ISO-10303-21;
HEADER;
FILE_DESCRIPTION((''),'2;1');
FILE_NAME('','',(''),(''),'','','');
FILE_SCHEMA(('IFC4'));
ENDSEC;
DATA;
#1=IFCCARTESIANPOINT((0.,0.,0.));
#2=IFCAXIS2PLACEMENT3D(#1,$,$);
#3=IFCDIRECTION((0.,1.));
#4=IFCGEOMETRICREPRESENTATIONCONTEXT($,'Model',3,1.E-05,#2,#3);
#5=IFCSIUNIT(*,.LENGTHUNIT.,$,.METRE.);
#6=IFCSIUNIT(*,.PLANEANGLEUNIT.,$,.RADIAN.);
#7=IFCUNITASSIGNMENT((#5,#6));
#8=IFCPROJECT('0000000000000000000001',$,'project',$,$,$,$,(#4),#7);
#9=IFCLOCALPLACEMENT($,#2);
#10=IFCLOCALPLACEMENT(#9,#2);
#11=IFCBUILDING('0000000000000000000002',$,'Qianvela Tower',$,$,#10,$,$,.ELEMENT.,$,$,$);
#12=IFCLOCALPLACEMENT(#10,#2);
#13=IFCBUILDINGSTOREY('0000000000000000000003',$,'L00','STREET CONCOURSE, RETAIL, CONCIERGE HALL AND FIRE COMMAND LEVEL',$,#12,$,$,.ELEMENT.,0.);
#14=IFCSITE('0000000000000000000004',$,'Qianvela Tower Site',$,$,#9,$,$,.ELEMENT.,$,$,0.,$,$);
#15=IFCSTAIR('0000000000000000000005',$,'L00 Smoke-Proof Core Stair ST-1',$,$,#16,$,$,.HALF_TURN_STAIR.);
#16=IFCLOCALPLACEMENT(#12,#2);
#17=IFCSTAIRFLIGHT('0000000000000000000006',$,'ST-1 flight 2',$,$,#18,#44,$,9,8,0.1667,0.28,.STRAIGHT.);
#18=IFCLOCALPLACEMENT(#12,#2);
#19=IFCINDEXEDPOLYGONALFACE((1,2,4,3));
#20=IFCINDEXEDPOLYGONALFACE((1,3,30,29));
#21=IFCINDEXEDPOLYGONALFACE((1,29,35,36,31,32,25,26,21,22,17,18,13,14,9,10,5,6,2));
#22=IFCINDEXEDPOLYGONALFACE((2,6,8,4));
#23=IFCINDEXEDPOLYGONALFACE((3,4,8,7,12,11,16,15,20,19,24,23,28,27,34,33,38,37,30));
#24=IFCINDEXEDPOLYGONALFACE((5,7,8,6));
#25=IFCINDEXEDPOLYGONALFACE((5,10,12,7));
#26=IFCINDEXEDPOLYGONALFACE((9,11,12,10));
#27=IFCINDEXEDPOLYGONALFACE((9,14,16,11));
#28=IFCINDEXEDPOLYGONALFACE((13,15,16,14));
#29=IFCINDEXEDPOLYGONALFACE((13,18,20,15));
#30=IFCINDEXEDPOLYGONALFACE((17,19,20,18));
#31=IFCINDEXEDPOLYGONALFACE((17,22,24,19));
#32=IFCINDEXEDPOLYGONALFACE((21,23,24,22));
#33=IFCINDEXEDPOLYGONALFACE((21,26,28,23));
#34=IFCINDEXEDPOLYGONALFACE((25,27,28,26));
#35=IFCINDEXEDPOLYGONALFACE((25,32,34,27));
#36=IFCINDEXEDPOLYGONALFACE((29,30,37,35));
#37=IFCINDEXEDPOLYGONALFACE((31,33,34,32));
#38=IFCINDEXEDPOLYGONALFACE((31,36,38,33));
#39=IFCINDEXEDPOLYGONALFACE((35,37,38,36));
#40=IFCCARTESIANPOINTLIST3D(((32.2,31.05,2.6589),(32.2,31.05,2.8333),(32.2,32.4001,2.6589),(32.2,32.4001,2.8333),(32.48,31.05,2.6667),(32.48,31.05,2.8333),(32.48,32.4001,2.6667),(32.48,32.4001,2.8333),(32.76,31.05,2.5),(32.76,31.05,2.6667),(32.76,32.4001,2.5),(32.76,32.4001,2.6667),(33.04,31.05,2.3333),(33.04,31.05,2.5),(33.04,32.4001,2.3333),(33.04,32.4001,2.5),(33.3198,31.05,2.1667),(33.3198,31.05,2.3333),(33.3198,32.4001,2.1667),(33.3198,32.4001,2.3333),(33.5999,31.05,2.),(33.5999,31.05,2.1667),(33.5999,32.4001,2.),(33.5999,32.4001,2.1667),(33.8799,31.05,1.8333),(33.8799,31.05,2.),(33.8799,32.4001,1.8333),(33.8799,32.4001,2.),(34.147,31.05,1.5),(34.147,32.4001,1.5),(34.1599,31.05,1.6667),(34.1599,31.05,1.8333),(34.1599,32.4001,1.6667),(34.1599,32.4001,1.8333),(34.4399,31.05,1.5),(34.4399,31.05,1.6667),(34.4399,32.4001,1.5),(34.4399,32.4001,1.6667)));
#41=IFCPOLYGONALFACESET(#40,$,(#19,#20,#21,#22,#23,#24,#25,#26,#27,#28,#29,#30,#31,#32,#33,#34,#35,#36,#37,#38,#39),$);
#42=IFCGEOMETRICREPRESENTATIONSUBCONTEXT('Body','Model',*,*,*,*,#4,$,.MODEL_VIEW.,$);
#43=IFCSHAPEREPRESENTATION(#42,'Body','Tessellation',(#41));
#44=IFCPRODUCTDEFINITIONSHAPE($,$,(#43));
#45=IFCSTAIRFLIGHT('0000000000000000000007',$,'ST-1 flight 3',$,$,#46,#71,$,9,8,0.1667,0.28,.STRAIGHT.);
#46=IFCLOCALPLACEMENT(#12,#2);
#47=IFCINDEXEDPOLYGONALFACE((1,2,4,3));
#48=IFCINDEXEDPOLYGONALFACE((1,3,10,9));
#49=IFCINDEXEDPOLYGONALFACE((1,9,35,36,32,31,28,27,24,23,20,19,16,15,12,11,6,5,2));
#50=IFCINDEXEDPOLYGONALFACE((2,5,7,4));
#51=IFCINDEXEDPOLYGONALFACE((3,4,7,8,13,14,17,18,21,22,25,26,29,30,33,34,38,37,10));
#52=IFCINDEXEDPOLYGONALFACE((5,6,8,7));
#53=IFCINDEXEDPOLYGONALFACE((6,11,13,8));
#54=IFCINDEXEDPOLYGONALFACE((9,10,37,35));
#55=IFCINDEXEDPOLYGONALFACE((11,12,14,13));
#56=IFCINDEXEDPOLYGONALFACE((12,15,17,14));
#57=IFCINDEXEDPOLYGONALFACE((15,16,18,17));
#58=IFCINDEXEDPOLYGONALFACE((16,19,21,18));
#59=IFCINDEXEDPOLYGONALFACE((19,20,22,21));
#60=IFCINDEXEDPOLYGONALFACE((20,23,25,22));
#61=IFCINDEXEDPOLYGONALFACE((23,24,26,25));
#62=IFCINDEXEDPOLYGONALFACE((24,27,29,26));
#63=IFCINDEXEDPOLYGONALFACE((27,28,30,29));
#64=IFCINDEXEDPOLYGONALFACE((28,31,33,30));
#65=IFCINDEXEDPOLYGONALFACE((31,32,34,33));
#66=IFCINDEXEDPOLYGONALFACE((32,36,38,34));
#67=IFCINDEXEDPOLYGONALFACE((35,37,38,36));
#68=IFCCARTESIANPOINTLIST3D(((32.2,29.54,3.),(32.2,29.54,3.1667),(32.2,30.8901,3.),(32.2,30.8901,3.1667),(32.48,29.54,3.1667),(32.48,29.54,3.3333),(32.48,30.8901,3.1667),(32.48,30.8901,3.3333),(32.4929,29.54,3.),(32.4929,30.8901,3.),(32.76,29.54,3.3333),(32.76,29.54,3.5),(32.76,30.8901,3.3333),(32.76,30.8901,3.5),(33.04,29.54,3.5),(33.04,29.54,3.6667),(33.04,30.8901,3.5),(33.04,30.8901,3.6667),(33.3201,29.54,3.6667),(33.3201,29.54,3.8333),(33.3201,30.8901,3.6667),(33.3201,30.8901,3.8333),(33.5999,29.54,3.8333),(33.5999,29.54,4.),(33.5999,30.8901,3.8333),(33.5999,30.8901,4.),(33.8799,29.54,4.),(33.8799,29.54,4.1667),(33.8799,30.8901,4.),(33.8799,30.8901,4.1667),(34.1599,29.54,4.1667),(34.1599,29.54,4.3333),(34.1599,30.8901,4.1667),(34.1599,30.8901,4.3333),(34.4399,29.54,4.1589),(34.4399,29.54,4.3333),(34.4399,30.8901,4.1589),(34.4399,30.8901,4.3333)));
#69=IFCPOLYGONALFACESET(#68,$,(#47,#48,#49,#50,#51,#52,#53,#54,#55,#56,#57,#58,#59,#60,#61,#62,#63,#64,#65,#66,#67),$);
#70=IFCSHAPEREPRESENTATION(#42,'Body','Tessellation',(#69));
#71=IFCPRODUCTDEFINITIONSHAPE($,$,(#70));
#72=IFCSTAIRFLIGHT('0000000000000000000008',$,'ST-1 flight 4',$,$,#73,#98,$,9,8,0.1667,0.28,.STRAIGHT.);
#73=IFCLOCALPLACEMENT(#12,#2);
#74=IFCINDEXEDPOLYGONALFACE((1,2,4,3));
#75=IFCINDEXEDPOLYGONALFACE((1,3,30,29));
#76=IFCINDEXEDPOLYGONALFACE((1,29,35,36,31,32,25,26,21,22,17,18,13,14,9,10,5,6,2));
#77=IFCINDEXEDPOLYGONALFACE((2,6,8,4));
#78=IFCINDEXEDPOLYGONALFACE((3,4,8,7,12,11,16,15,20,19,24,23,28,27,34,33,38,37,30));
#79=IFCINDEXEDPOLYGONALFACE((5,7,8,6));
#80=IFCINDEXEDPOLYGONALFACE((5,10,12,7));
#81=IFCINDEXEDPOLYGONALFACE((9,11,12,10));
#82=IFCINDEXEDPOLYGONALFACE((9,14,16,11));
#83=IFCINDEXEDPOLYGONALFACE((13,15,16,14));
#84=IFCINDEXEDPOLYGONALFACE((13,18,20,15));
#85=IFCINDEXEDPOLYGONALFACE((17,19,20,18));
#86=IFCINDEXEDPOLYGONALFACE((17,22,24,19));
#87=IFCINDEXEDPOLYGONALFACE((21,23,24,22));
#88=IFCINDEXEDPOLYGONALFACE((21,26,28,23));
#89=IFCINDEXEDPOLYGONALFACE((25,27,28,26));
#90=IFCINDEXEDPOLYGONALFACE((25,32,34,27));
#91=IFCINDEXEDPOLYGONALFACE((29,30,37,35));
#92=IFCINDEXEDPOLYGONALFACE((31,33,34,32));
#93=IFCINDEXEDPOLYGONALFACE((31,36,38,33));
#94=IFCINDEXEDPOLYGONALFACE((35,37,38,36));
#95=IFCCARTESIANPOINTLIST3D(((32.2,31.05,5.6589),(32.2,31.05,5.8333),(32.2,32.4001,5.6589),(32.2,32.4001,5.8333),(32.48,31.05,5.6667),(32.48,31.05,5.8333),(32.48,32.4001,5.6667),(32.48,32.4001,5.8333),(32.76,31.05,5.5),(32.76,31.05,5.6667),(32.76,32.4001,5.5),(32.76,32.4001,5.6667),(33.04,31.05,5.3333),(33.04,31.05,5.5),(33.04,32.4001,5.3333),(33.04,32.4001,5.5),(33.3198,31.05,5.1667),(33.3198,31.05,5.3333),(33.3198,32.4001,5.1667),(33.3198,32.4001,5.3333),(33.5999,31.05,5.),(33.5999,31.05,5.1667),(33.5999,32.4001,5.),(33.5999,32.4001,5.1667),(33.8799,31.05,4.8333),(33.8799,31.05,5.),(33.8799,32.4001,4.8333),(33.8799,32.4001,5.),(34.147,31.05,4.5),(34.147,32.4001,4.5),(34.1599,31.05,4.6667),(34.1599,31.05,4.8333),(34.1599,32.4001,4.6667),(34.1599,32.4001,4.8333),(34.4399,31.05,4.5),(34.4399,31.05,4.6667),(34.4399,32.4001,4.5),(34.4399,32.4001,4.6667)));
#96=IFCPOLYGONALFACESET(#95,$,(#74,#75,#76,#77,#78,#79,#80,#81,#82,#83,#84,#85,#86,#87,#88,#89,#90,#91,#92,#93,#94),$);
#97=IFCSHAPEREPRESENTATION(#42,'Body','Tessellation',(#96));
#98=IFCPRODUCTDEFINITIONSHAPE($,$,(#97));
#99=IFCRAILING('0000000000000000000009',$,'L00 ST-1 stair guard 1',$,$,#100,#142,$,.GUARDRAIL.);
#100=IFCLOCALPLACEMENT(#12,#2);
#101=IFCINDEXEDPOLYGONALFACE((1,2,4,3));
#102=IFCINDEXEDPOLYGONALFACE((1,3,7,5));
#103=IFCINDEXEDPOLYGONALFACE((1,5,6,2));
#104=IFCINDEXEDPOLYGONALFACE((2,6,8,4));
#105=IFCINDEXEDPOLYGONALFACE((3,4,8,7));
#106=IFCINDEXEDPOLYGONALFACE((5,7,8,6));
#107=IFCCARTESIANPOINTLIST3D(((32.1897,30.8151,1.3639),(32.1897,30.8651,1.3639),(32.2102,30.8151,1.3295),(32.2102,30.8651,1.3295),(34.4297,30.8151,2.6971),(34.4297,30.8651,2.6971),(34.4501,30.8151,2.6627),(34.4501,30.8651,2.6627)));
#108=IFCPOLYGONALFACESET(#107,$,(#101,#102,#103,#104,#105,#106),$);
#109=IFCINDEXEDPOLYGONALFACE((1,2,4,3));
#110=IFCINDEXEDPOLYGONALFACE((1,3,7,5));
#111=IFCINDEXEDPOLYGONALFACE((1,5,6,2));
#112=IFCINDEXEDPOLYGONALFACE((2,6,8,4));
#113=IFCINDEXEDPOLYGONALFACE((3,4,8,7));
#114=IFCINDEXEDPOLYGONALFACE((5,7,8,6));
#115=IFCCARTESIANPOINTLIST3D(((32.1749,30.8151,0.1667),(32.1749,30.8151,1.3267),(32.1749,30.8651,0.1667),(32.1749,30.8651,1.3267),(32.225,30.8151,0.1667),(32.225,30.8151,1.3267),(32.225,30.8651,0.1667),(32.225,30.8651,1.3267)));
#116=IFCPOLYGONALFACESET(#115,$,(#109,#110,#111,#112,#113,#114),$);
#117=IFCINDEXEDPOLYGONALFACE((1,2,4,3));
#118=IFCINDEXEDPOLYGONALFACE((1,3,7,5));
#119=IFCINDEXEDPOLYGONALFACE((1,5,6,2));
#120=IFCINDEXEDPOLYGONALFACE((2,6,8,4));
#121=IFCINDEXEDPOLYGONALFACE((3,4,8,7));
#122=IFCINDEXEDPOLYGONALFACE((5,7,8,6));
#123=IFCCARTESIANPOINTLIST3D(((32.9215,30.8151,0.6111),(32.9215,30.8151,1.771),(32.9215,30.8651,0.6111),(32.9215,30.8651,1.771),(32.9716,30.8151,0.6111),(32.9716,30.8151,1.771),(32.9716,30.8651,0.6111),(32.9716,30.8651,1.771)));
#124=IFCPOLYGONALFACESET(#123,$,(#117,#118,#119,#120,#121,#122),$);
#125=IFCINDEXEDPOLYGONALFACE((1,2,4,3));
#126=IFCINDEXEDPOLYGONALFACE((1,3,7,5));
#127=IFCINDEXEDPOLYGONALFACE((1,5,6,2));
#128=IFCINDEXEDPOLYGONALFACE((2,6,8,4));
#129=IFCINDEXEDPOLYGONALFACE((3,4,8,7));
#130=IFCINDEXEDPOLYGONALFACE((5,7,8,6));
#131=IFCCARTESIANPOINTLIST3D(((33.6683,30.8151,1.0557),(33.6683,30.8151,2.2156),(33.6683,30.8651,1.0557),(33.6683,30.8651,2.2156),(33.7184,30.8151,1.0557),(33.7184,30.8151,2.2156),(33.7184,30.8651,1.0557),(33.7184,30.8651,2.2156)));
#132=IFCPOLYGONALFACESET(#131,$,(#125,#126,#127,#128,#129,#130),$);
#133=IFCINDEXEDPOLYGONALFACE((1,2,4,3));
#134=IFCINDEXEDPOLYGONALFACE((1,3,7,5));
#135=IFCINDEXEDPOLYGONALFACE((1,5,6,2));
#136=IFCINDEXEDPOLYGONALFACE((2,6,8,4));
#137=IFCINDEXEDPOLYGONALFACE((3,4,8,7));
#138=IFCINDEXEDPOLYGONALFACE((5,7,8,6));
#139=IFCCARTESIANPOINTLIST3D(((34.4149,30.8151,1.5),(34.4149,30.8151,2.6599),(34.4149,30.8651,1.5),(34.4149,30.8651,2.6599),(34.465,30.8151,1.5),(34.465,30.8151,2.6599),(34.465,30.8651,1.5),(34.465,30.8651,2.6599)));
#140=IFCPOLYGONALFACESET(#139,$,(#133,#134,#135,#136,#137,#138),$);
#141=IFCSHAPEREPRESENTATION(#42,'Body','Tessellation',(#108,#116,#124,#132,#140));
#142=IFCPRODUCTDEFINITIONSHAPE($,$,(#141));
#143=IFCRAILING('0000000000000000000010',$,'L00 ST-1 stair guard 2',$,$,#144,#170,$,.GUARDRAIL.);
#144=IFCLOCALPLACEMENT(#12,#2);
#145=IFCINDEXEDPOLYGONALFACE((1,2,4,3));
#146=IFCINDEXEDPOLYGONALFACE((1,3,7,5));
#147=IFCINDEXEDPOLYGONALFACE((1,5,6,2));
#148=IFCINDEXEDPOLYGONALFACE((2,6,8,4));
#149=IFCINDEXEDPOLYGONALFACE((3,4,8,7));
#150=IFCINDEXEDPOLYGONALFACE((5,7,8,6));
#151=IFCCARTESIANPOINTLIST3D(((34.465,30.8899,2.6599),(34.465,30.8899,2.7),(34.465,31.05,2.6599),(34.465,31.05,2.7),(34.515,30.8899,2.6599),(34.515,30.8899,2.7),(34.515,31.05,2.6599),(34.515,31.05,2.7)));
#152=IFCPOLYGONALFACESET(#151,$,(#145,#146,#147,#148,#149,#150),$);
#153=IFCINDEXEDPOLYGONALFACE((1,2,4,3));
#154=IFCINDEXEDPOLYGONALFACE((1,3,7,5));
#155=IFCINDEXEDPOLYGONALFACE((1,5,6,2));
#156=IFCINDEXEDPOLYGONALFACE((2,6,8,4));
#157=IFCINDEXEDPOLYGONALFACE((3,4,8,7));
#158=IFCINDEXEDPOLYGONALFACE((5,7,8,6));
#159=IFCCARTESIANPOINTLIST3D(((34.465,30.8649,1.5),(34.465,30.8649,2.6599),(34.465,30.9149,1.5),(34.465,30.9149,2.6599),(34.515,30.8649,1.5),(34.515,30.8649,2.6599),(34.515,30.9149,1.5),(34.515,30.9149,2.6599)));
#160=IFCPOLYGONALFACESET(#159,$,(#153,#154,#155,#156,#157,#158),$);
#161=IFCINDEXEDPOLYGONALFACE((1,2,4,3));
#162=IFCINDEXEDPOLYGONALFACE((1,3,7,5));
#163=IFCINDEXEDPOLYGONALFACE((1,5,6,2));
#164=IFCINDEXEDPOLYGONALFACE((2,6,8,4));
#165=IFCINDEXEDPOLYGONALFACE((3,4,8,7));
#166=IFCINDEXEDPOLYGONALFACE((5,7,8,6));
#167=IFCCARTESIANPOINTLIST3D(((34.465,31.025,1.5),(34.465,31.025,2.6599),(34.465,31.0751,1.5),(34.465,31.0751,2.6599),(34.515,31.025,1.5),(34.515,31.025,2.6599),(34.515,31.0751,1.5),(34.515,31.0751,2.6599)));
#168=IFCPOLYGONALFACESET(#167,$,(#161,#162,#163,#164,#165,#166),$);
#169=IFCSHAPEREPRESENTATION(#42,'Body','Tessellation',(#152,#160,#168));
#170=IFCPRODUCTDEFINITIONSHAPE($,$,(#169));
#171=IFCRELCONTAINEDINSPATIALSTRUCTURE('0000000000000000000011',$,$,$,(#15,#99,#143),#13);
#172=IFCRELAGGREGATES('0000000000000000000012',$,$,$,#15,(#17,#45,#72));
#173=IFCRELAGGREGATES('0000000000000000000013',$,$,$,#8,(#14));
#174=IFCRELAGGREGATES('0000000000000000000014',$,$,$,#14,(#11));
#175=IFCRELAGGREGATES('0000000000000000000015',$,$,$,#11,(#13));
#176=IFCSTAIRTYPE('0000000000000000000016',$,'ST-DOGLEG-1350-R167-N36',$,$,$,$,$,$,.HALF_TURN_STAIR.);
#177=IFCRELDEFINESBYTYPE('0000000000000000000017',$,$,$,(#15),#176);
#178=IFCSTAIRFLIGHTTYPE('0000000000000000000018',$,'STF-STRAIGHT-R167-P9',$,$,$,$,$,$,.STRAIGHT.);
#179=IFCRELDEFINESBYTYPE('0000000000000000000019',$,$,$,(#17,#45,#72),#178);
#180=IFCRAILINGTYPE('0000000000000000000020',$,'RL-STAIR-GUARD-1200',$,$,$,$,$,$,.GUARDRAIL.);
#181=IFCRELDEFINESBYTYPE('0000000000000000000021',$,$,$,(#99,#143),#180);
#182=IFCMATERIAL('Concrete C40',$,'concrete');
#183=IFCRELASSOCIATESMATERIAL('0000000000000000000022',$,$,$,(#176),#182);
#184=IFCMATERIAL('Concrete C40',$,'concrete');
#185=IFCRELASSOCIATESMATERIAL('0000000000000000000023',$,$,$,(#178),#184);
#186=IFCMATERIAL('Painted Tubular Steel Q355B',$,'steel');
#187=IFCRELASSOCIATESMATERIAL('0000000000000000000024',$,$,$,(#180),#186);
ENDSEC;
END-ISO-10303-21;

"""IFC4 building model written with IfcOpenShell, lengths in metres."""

from ifc_helpers import new_model, si_unit, direction, frame, origin, origin_2d, place, context, subcontext, project, spatial, polyline, rectangle, outline, extrude, material, type_object, element, aggregate, save


model = new_model("IFC4")

# Units and contexts
model_context = context("Model", 3, precision=1e-05, world=origin(), true_north=direction((0.0, 1.0)))
body_context = subcontext(model_context, "Body", "Model", "MODEL_VIEW")
ifc_project = project(units=[si_unit("LENGTHUNIT", "METRE"), si_unit("PLANEANGLEUNIT", "RADIAN")], contexts=[model_context])

# Site, building, storey
site_placement = place(None, origin())
site = spatial("IfcSite", under=ifc_project, at=site_placement, Name="Qianvela Tower Site", CompositionType="ELEMENT", RefElevation=0.0)
building_placement = place(site_placement, origin())
building = spatial("IfcBuilding", under=site, at=building_placement, Name="Qianvela Tower", CompositionType="ELEMENT")
storey_placement = place(building_placement, origin())
storey = spatial("IfcBuildingStorey", under=building, at=storey_placement, Name="L00", Description="STREET CONCOURSE, RETAIL, CONCIERGE HALL AND FIRE COMMAND LEVEL", CompositionType="ELEMENT", Elevation=0.0)

# Stair, stair flights
ifc_material_1 = material(Name="Concrete C40", Category="concrete")
stair_type = type_object("IfcStairType", Name="ST-DOGLEG-1350-R167-N36", PredefinedType="HALF_TURN_STAIR", material=ifc_material_1)
stair_placement = place(storey_placement, origin())
stair = element("IfcStair", 1, at=stair_placement, inside=storey, type_object=stair_type, Name="L00 Smoke-Proof Core Stair ST-1", PredefinedType="HALF_TURN_STAIR")
ifc_material_2 = material(Name="Concrete C40", Category="concrete")
stair_flight_type = type_object("IfcStairFlightType", Name="STF-STRAIGHT-R167-P9", PredefinedType="STRAIGHT", material=ifc_material_2)
stair_flight_1_placement = place(storey_placement, frame((34.4399, 31.7251, 1.5), z_axis=(0.0, 0.0, 1.0), x_axis=(-1.0, 0.0, 0.0)))
stair_flight_1 = element("IfcStairFlight", 2, at=stair_flight_1_placement, type_object=stair_flight_type, Name="ST-1 flight 2", NumberOfRisers=9, NumberOfTreads=8, PredefinedType="STRAIGHT", RiserHeight=0.1667, TreadLength=0.28, context=body_context, shape_type="SweptSolid", body=[
    extrude(outline(polyline([(0.0, 0.0), (0.0, 0.1667), (0.28, 0.1667), (0.28, 0.3333), (0.5601, 0.3333), (0.5601, 0.5), (0.8401, 0.5), (0.8401, 0.6667), (1.1201, 0.6667), (1.1201, 0.8333), (1.3999, 0.8333), (1.3999, 1.0), (1.6799, 1.0), (1.6799, 1.1667), (1.96, 1.1667), (1.96, 1.3333), (2.24, 1.3333), (2.24, 1.5), (2.24, 1.1589), (0.293, 0.0), (0.0, 0.0)])), frame((0.0, 0.675, 0.0), z_axis=(0.0, -1.0, 0.0), x_axis=(1.0, 0.0, 0.0)), (0.0, 0.0, 1.0), 1.3501),
])
stair_flight_2_placement = place(storey_placement, frame((32.2, 30.2151, 3.0), z_axis=(0.0, 0.0, 1.0), x_axis=(1.0, 0.0, 0.0)))
stair_flight_2 = element("IfcStairFlight", 3, at=stair_flight_2_placement, type_object=stair_flight_type, Name="ST-1 flight 3", NumberOfRisers=9, NumberOfTreads=8, PredefinedType="STRAIGHT", RiserHeight=0.1667, TreadLength=0.28, context=body_context, shape_type="SweptSolid", body=[
    extrude(outline(polyline([(0.0, 0.0), (0.0, 0.1667), (0.28, 0.1667), (0.28, 0.3333), (0.5601, 0.3333), (0.5601, 0.5), (0.8401, 0.5), (0.8401, 0.6667), (1.1201, 0.6667), (1.1201, 0.8333), (1.3999, 0.8333), (1.3999, 1.0), (1.6799, 1.0), (1.6799, 1.1667), (1.96, 1.1667), (1.96, 1.3333), (2.24, 1.3333), (2.24, 1.5), (2.24, 1.1589), (0.293, 0.0), (0.0, 0.0)])), frame((0.0, 0.675, 0.0), z_axis=(0.0, -1.0, 0.0), x_axis=(1.0, 0.0, 0.0)), (0.0, 0.0, 1.0), 1.3501),
])
stair_flight_3_placement = place(storey_placement, frame((34.4399, 31.7251, 4.5), z_axis=(0.0, 0.0, 1.0), x_axis=(-1.0, 0.0, 0.0)))
stair_flight_3 = element("IfcStairFlight", 4, at=stair_flight_3_placement, type_object=stair_flight_type, Name="ST-1 flight 4", NumberOfRisers=9, NumberOfTreads=8, PredefinedType="STRAIGHT", RiserHeight=0.1667, TreadLength=0.28, context=body_context, shape_type="SweptSolid", body=[
    extrude(outline(polyline([(0.0, 0.0), (0.0, 0.1667), (0.28, 0.1667), (0.28, 0.3333), (0.5601, 0.3333), (0.5601, 0.5), (0.8401, 0.5), (0.8401, 0.6667), (1.1201, 0.6667), (1.1201, 0.8333), (1.3999, 0.8333), (1.3999, 1.0), (1.6799, 1.0), (1.6799, 1.1667), (1.96, 1.1667), (1.96, 1.3333), (2.24, 1.3333), (2.24, 1.5), (2.24, 1.1589), (0.293, 0.0), (0.0, 0.0)])), frame((0.0, 0.675, 0.0), z_axis=(0.0, -1.0, 0.0), x_axis=(1.0, 0.0, 0.0)), (0.0, 0.0, 1.0), 1.3501),
])
aggregate(stair, [stair_flight_1, stair_flight_2, stair_flight_3])

# Railings
ifc_material_3 = material(Name="Painted Tubular Steel Q355B", Category="steel")
railing_type_1 = type_object("IfcRailingType", Name="RL-STAIR-GUARD-1200", PredefinedType="GUARDRAIL", material=ifc_material_3)
railing_1_placement = place(storey_placement, frame((32.2, 30.8401, 0.1667)))
element("IfcRailing", 5, at=railing_1_placement, inside=storey, type_object=railing_type_1, Name="L00 ST-1 stair guard 1", PredefinedType="GUARDRAIL", context=body_context, shape_type="SweptSolid", body=[
    extrude(rectangle(XDim=0.05, YDim=0.04, at=origin_2d()), frame((0.0, 0.0, 1.1799), z_axis=(0.859306, 0.0, 0.511462), x_axis=(0.0, 1.0, 0.0)), (0.0, 0.0, 1.0), 2.6067),
    extrude(rectangle(XDim=0.05, YDim=0.05, at=origin_2d()), origin(), (0.0, 0.0, 1.0), 1.1599),
    extrude(rectangle(XDim=0.05, YDim=0.05, at=origin_2d()), frame((0.7466, 0.0, 0.4443)), (0.0, 0.0, 1.0), 1.1599),
    extrude(rectangle(XDim=0.05, YDim=0.05, at=origin_2d()), frame((1.4934, 0.0, 0.8889)), (0.0, 0.0, 1.0), 1.1599),
    extrude(rectangle(XDim=0.05, YDim=0.05, at=origin_2d()), frame((2.24, 0.0, 1.3333)), (0.0, 0.0, 1.0), 1.1599),
])
railing_2_placement = place(storey_placement, frame((34.49, 30.8899, 1.5)))
element("IfcRailing", 6, at=railing_2_placement, inside=storey, type_object=railing_type_1, Name="L00 ST-1 stair guard 2", PredefinedType="GUARDRAIL", context=body_context, shape_type="SweptSolid", body=[
    extrude(rectangle(XDim=0.05, YDim=0.04, at=origin_2d()), frame((0.0, 0.0, 1.1799), z_axis=(0.0, 1.0, 0.0), x_axis=(-1.0, 0.0, 0.0)), (0.0, 0.0, 1.0), 0.1602),
    extrude(rectangle(XDim=0.05, YDim=0.05, at=origin_2d()), origin(), (0.0, 0.0, 1.0), 1.1599),
    extrude(rectangle(XDim=0.05, YDim=0.05, at=origin_2d()), frame((0.0, 0.1602, 0.0)), (0.0, 0.0, 1.0), 1.1599),
])

save(model, "model.ifc")
